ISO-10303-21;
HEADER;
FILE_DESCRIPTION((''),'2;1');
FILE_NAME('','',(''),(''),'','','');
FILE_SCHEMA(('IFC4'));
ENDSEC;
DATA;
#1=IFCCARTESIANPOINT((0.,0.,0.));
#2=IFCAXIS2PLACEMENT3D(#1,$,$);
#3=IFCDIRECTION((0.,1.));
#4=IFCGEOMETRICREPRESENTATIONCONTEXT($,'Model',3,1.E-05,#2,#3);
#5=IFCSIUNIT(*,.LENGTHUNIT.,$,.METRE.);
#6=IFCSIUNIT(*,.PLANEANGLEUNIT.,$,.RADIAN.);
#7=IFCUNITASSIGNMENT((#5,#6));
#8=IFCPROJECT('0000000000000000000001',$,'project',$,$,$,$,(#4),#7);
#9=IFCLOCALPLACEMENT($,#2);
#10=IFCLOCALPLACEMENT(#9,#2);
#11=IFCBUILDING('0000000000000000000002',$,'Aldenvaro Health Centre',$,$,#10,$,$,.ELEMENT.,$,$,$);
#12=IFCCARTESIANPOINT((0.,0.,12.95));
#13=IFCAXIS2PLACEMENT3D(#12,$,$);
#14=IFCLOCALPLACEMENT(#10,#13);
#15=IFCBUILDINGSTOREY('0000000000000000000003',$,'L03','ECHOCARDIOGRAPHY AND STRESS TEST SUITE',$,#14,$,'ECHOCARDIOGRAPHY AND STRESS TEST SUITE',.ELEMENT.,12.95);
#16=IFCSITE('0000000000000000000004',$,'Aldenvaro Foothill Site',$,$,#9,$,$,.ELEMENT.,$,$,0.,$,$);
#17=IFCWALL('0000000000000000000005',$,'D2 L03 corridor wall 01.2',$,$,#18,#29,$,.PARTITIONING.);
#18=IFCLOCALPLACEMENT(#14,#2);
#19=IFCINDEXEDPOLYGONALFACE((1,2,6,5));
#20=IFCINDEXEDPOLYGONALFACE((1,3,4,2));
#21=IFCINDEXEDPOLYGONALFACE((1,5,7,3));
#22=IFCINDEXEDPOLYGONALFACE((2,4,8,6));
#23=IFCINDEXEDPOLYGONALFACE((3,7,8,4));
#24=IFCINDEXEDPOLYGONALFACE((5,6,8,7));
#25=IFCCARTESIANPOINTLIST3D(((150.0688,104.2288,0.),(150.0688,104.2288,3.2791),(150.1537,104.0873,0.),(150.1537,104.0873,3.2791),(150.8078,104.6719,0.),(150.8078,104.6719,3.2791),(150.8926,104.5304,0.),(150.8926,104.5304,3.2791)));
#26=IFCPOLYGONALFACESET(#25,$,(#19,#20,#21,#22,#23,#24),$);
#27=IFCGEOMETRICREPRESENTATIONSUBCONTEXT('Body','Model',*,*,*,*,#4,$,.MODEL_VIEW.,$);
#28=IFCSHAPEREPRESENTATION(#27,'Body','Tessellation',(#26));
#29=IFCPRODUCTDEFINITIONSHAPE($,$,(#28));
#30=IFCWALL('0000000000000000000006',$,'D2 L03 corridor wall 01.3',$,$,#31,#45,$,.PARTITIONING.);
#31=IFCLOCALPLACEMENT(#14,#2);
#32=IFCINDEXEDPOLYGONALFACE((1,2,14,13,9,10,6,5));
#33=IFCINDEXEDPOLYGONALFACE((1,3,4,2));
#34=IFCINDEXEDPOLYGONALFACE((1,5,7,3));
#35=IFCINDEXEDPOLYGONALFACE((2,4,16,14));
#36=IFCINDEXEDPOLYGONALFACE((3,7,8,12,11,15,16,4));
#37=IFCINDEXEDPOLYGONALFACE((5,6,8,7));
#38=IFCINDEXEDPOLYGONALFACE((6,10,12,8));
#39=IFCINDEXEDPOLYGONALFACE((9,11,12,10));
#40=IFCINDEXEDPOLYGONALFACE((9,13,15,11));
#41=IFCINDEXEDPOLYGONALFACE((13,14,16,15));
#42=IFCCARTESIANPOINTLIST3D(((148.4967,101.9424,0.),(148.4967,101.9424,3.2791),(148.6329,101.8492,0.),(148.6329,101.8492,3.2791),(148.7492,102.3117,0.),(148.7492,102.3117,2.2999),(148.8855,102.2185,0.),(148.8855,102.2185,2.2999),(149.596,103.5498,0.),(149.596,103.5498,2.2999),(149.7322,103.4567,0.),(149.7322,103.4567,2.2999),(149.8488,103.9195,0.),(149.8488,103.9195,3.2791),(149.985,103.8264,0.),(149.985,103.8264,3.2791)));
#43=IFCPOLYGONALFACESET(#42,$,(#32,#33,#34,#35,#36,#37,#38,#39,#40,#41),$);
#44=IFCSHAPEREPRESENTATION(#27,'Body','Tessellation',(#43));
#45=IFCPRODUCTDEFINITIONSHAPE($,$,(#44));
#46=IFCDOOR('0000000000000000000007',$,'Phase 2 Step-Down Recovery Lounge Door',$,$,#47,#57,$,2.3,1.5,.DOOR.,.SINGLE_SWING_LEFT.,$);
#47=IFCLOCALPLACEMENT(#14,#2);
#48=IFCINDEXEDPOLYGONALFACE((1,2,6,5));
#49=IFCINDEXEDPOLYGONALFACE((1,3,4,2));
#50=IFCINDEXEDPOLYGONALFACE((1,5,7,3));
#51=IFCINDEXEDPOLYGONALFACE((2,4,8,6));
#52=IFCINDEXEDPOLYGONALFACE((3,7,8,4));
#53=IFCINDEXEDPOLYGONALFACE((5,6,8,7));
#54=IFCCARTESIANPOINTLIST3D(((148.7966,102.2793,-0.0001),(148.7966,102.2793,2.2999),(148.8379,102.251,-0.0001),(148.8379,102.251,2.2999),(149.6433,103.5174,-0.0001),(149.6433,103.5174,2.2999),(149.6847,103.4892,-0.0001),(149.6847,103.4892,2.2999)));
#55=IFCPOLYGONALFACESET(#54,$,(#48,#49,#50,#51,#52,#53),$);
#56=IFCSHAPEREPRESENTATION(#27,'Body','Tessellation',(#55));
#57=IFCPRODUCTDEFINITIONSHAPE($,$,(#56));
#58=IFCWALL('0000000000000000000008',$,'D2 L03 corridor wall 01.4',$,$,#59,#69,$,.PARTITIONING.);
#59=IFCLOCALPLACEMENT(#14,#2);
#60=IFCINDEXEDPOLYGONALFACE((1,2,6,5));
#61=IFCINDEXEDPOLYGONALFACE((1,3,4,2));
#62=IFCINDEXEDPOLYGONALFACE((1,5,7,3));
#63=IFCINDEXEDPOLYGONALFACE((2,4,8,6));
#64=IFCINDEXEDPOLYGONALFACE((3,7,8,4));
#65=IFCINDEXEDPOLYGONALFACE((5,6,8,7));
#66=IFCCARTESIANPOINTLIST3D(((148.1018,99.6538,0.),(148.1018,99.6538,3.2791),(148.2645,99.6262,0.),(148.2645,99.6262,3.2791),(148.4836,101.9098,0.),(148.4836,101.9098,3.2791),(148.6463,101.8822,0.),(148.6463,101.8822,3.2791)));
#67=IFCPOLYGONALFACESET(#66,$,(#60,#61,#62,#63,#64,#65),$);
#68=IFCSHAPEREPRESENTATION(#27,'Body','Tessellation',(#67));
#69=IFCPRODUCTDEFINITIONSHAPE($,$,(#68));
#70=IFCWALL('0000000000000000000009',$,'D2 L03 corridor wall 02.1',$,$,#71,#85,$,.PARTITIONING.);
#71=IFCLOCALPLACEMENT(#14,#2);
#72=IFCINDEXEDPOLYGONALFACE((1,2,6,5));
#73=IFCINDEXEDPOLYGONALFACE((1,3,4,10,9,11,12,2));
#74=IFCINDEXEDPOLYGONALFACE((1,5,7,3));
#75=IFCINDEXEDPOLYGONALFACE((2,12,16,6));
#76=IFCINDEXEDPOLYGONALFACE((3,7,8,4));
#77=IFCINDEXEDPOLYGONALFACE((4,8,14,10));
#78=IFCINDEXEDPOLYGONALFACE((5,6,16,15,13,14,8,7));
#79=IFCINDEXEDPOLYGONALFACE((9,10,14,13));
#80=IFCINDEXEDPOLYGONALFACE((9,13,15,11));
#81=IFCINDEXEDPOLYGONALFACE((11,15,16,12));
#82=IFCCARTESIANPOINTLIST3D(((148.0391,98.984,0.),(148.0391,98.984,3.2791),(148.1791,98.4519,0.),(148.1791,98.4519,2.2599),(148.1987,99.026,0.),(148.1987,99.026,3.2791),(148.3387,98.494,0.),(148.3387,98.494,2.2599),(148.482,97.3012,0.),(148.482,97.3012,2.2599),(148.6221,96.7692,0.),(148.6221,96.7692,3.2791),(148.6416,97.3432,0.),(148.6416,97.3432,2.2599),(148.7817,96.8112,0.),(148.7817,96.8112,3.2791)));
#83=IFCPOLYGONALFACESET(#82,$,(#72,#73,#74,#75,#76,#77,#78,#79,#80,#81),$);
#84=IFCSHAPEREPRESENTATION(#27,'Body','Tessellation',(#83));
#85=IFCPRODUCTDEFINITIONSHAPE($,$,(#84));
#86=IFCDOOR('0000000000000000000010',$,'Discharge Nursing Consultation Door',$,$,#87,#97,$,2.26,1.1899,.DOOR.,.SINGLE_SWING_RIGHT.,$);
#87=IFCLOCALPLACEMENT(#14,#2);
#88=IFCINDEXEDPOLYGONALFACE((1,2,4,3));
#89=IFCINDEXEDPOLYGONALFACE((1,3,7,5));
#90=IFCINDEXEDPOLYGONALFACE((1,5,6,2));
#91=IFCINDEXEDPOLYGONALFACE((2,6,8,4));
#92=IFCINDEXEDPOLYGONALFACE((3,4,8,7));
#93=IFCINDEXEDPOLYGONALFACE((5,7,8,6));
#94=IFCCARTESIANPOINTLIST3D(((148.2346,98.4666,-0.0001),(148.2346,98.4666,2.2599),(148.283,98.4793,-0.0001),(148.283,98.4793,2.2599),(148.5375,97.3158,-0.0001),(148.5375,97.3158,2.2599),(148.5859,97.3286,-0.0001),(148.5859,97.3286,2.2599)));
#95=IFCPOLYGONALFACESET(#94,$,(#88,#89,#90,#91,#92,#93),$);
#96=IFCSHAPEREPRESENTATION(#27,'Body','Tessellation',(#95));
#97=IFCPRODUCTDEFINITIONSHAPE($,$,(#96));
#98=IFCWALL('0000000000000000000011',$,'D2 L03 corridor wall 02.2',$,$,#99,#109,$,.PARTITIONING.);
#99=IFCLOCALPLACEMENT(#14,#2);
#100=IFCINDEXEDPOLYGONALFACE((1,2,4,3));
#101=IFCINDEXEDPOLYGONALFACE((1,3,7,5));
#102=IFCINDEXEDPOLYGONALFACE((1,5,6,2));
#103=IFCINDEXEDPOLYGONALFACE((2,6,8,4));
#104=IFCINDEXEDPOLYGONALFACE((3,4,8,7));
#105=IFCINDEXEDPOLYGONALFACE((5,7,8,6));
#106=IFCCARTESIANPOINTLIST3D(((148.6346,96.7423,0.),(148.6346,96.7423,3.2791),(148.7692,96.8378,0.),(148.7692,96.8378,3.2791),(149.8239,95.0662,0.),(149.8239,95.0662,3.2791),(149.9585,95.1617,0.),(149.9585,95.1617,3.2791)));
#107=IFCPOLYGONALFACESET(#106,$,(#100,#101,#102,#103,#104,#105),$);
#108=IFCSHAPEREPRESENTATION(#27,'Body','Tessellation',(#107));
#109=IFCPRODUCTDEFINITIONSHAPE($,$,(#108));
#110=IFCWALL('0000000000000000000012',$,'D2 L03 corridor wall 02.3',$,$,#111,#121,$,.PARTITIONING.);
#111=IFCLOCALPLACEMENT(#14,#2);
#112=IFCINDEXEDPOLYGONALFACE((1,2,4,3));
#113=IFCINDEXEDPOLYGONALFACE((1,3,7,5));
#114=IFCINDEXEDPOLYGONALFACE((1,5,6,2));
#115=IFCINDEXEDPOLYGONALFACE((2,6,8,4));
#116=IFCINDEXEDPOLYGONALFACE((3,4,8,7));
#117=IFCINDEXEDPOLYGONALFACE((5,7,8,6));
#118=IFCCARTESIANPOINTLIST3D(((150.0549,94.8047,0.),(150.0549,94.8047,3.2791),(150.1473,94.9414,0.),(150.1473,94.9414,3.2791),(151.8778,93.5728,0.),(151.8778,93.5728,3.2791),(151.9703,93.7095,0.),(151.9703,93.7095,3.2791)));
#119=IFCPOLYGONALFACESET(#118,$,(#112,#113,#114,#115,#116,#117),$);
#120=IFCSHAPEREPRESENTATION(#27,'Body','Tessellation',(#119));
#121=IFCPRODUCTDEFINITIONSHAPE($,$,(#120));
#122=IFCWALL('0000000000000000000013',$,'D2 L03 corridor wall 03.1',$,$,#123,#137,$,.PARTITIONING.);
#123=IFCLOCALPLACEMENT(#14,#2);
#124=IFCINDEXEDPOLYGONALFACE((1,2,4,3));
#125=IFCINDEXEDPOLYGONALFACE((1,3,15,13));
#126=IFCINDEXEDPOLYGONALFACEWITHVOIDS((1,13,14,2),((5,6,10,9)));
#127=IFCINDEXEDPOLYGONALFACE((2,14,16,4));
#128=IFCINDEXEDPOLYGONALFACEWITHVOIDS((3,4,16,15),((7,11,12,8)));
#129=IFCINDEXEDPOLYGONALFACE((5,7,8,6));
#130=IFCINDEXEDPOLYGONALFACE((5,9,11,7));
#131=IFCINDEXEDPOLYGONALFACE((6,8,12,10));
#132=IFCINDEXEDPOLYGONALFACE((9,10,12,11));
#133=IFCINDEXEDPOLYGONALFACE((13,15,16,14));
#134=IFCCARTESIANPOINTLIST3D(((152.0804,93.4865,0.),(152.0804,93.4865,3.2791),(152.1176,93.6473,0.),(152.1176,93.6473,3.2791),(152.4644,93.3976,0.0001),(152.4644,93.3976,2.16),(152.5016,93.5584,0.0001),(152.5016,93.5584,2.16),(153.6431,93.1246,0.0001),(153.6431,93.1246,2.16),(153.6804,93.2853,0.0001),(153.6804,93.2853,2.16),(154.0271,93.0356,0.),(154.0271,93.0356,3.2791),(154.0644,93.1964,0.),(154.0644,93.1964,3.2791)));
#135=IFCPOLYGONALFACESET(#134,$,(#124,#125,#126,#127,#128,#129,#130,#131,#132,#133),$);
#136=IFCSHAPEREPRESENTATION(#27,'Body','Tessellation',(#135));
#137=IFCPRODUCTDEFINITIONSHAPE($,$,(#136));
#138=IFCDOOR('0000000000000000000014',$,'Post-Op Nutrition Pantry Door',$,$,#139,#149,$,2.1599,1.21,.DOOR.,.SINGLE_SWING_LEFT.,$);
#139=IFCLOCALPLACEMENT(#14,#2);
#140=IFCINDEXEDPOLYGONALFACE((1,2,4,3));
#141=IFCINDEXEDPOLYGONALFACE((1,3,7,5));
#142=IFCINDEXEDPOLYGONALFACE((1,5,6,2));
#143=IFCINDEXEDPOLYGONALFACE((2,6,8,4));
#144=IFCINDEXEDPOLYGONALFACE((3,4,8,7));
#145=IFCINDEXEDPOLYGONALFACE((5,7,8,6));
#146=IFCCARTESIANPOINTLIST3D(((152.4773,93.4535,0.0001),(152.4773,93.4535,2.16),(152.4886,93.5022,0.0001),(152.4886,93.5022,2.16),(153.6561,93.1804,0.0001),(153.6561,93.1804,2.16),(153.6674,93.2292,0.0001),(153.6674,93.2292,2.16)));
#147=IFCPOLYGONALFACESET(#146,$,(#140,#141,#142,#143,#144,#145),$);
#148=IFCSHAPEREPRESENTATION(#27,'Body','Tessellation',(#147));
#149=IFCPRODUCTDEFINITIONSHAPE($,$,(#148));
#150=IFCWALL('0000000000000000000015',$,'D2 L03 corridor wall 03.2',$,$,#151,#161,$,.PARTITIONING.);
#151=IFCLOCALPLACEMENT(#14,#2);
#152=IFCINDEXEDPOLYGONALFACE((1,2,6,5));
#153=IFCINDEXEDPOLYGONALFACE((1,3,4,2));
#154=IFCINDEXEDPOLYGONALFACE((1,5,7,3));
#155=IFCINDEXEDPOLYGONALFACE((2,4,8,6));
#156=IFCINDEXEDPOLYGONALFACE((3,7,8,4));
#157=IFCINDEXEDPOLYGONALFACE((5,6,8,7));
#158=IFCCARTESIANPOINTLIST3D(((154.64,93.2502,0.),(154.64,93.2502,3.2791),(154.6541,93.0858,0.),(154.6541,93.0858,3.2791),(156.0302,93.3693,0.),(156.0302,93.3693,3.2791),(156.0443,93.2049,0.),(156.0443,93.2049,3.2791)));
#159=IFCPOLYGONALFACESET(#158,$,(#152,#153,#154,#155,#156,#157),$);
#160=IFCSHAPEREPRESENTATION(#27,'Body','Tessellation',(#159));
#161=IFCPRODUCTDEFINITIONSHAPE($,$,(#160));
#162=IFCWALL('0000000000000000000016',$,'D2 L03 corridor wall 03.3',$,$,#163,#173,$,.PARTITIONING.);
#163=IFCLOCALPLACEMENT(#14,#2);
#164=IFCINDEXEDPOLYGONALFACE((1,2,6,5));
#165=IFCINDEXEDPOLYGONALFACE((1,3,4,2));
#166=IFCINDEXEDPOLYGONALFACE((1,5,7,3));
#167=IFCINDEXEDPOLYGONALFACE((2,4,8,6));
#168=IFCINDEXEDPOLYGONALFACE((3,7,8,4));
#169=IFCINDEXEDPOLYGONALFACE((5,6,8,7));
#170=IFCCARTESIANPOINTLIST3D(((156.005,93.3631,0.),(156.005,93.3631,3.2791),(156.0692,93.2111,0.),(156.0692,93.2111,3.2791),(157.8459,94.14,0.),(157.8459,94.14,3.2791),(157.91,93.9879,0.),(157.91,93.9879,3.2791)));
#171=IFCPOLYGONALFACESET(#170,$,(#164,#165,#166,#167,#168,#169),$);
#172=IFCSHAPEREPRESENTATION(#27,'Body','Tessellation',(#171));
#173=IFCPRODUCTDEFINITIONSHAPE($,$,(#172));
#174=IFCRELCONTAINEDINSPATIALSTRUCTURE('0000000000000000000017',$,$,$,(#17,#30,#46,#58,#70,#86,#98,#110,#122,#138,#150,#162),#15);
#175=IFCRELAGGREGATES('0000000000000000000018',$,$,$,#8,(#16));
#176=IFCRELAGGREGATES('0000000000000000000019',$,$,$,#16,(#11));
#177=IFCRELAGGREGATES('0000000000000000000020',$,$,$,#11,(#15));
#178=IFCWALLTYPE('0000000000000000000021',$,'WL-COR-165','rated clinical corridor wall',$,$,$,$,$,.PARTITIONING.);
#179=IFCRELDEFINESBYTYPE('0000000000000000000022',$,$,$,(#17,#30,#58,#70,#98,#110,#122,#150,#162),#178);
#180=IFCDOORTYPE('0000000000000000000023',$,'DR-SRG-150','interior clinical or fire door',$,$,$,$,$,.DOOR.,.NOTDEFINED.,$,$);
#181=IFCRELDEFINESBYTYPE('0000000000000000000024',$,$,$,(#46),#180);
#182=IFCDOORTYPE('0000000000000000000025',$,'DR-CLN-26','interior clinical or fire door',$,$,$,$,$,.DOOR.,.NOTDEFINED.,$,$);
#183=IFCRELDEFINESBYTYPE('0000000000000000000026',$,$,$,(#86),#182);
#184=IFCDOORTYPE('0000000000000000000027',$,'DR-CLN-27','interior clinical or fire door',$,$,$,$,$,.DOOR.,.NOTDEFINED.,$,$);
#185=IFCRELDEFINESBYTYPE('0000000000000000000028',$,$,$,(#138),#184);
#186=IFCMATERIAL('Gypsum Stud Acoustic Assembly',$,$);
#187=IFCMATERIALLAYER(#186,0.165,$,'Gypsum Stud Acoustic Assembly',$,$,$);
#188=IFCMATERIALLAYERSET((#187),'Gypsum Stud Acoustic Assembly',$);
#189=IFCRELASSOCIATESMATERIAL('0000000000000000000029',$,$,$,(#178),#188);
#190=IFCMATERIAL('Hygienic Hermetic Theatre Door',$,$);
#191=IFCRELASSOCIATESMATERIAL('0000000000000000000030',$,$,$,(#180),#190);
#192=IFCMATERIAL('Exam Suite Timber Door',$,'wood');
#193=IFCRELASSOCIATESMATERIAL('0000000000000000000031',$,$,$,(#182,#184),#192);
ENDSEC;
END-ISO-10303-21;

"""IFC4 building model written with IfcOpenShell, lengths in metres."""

from ifc_helpers import new_model, si_unit, direction, frame, frame_2d, origin, place, context, subcontext, project, spatial, rectangle, extrude, material, layer, layer_set, type_object, element, fill, save


model = new_model("IFC4")

# Units and contexts
model_context = context("Model", 3, precision=1e-05, world=origin(), true_north=direction((0.0, 1.0)))
body_context = subcontext(model_context, "Body", "Model", "MODEL_VIEW")
ifc_project = project(units=[si_unit("LENGTHUNIT", "METRE"), si_unit("PLANEANGLEUNIT", "RADIAN")], contexts=[model_context])

# Site, building, storey
site_placement = place(None, origin())
site = spatial("IfcSite", under=ifc_project, at=site_placement, Name="Aldenvaro Foothill Site", CompositionType="ELEMENT", RefElevation=0.0)
building_placement = place(site_placement, origin())
building = spatial("IfcBuilding", under=site, at=building_placement, Name="Aldenvaro Health Centre", CompositionType="ELEMENT")
storey_placement = place(building_placement, frame((0.0, 0.0, 12.95)))
storey = spatial("IfcBuildingStorey", under=building, at=storey_placement, Name="L03", Description="ECHOCARDIOGRAPHY AND STRESS TEST SUITE", LongName="ECHOCARDIOGRAPHY AND STRESS TEST SUITE", CompositionType="ELEMENT", Elevation=12.95)

# Wall
ifc_material_1 = material(Name="Gypsum Stud Acoustic Assembly")
ifc_layer_1 = layer(ifc_material_1, 0.165, Name="Gypsum Stud Acoustic Assembly")
ifc_layer_set_1 = layer_set([ifc_layer_1], Name="Gypsum Stud Acoustic Assembly")
wall_type_1 = type_object("IfcWallType", Name="WL-COR-165", Description="rated clinical corridor wall", PredefinedType="PARTITIONING", material=ifc_layer_set_1)
wall_1_placement = place(storey_placement, frame((150.8501, 104.6011, 0.0), z_axis=(0.0, 0.0, 1.0), x_axis=(-0.857643, -0.514246, 0.0)))
element("IfcWall", 1, at=wall_1_placement, inside=storey, type_object=wall_type_1, Name="D2 L03 corridor wall 01.2", PredefinedType="PARTITIONING", context=body_context, shape_type="SweptSolid", body=[
    extrude(rectangle(XDim=0.8616, YDim=0.165, at=frame_2d((0.4307, 0.0))), origin(), (0.0, 0.0, 1.0), 3.2791),
])

# Wall, opening, door
wall_2_placement = place(storey_placement, frame((149.917, 103.873, 0.0), z_axis=(0.0, 0.0, 1.0), x_axis=(-0.564494, -0.825437, 0.0)))
wall_2 = element("IfcWall", 2, at=wall_2_placement, inside=storey, type_object=wall_type_1, Name="D2 L03 corridor wall 01.3", PredefinedType="PARTITIONING", context=body_context, shape_type="SweptSolid", body=[
    extrude(rectangle(XDim=2.3953, YDim=0.165, at=frame_2d((1.1978, 0.0))), origin(), (0.0, 0.0, 1.0), 3.2791),
])
opening_1_placement = place(wall_2_placement, frame((0.448, 0.0, 0.0)))
opening_1 = element("IfcOpeningElement", 3, at=opening_1_placement, cuts=wall_2, PredefinedType="OPENING", context=body_context, shape_type="SweptSolid", body=[
    extrude(rectangle(XDim=1.5, YDim=2.3, at=frame_2d((0.75, 1.1499))), frame((0.0, 0.0925, 0.0), z_axis=(0.0, -1.0, 0.0), x_axis=(1.0, 0.0, 0.0)), (0.0, 0.0, 1.0), 0.1851),
])
ifc_material_2 = material(Name="Hygienic Hermetic Theatre Door")
door_type_1 = type_object("IfcDoorType", Name="DR-SRG-150", Description="interior clinical or fire door", OperationType="NOTDEFINED", PredefinedType="DOOR", material=ifc_material_2)
door_1_placement = place(opening_1_placement, origin())
door_1 = element("IfcDoor", 4, at=door_1_placement, inside=storey, type_object=door_type_1, Name="Phase 2 Step-Down Recovery Lounge Door", OperationType="SINGLE_SWING_LEFT", OverallHeight=2.3, OverallWidth=1.5, PredefinedType="DOOR", context=body_context, shape_type="SweptSolid", body=[
    extrude(rectangle(XDim=1.5, YDim=2.3, at=frame_2d((0.75, 1.1499))), frame((0.0, 0.0249, 0.0), z_axis=(0.0, -1.0, 0.0), x_axis=(1.0, 0.0, 0.0)), (0.0, 0.0, 1.0), 0.05),
])
fill(opening_1, door_1)

# Wall
wall_3_placement = place(storey_placement, frame((148.5649, 101.896, 0.0), z_axis=(0.0, 0.0, 1.0), x_axis=(-0.166873, -0.985978, 0.0)))
element("IfcWall", 5, at=wall_3_placement, inside=storey, type_object=wall_type_1, Name="D2 L03 corridor wall 01.4", PredefinedType="PARTITIONING", context=body_context, shape_type="SweptSolid", body=[
    extrude(rectangle(XDim=2.2881, YDim=0.165, at=frame_2d((1.144, 0.0))), origin(), (0.0, 0.0, 1.0), 3.2791),
])

# Wall, opening, door
wall_4_placement = place(storey_placement, frame((148.1189, 99.0049, 0.0), z_axis=(0.0, 0.0, 1.0), x_axis=(0.254556, -0.967058, 0.0)))
wall_4 = element("IfcWall", 6, at=wall_4_placement, inside=storey, type_object=wall_type_1, Name="D2 L03 corridor wall 02.1", PredefinedType="PARTITIONING", context=body_context, shape_type="SweptSolid", body=[
    extrude(rectangle(XDim=2.2903, YDim=0.165, at=frame_2d((1.145, 0.0))), origin(), (0.0, 0.0, 1.0), 3.2791),
])
opening_2_placement = place(wall_4_placement, frame((0.55, 0.0, 0.0)))
opening_2 = element("IfcOpeningElement", 7, at=opening_2_placement, cuts=wall_4, PredefinedType="OPENING", context=body_context, shape_type="SweptSolid", body=[
    extrude(rectangle(XDim=1.1899, YDim=2.26, at=frame_2d((0.595, 1.1299))), frame((0.0, 0.0925, 0.0), z_axis=(0.0, -1.0, 0.0), x_axis=(1.0, 0.0, 0.0)), (0.0, 0.0, 1.0), 0.1851),
])
ifc_material_3 = material(Name="Exam Suite Timber Door", Category="wood")
door_type_2 = type_object("IfcDoorType", Name="DR-CLN-26", Description="interior clinical or fire door", OperationType="NOTDEFINED", PredefinedType="DOOR", material=ifc_material_3)
door_2_placement = place(opening_2_placement, origin())
door_2 = element("IfcDoor", 8, at=door_2_placement, inside=storey, type_object=door_type_2, Name="Discharge Nursing Consultation Door", OperationType="SINGLE_SWING_RIGHT", OverallHeight=2.26, OverallWidth=1.1899, PredefinedType="DOOR", context=body_context, shape_type="SweptSolid", body=[
    extrude(rectangle(XDim=1.1899, YDim=2.26, at=frame_2d((0.595, 1.1299))), frame((0.0, 0.0249, 0.0), z_axis=(0.0, -1.0, 0.0), x_axis=(1.0, 0.0, 0.0)), (0.0, 0.0, 1.0), 0.05),
])
fill(opening_2, door_2)

# Walls
wall_5_placement = place(storey_placement, frame((148.7019, 96.79, 0.0), z_axis=(0.0, 0.0, 1.0), x_axis=(0.578673, -0.81556, 0.0)))
element("IfcWall", 9, at=wall_5_placement, inside=storey, type_object=wall_type_1, Name="D2 L03 corridor wall 02.2", PredefinedType="PARTITIONING", context=body_context, shape_type="SweptSolid", body=[
    extrude(rectangle(XDim=2.0552, YDim=0.165, at=frame_2d((1.0276, 0.0))), origin(), (0.0, 0.0, 1.0), 3.2791),
])
wall_6_placement = place(storey_placement, frame((150.1011, 94.873, 0.0), z_axis=(0.0, 0.0, 1.0), x_axis=(0.828551, -0.559913, 0.0)))
element("IfcWall", 10, at=wall_6_placement, inside=storey, type_object=wall_type_1, Name="D2 L03 corridor wall 02.3", PredefinedType="PARTITIONING", context=body_context, shape_type="SweptSolid", body=[
    extrude(rectangle(XDim=2.2002, YDim=0.165, at=frame_2d((1.1001, 0.0))), origin(), (0.0, 0.0, 1.0), 3.2791),
])

# Wall, opening, door
wall_7_placement = place(storey_placement, frame((152.0991, 93.5669, 0.0), z_axis=(0.0, 0.0, 1.0), x_axis=(0.974208, -0.225654, 0.0)))
wall_7 = element("IfcWall", 11, at=wall_7_placement, inside=storey, type_object=wall_type_1, Name="D2 L03 corridor wall 03.1", PredefinedType="PARTITIONING", context=body_context, shape_type="SweptSolid", body=[
    extrude(rectangle(XDim=1.9983, YDim=0.165, at=frame_2d((0.999, 0.0))), origin(), (0.0, 0.0, 1.0), 3.2791),
])
opening_3_placement = place(wall_7_placement, frame((0.394, 0.0, 0.0)))
opening_3 = element("IfcOpeningElement", 12, at=opening_3_placement, cuts=wall_7, PredefinedType="OPENING", context=body_context, shape_type="SweptSolid", body=[
    extrude(rectangle(XDim=1.21, YDim=2.1599, at=frame_2d((0.605, 1.0801))), frame((0.0, 0.0925, 0.0), z_axis=(0.0, -1.0, 0.0), x_axis=(1.0, 0.0, 0.0)), (0.0, 0.0, 1.0), 0.1851),
])
door_type_3 = type_object("IfcDoorType", Name="DR-CLN-27", Description="interior clinical or fire door", OperationType="NOTDEFINED", PredefinedType="DOOR", material=ifc_material_3)
door_3_placement = place(opening_3_placement, origin())
door_3 = element("IfcDoor", 13, at=door_3_placement, inside=storey, type_object=door_type_3, Name="Post-Op Nutrition Pantry Door", OperationType="SINGLE_SWING_LEFT", OverallHeight=2.1599, OverallWidth=1.21, PredefinedType="DOOR", context=body_context, shape_type="SweptSolid", body=[
    extrude(rectangle(XDim=1.21, YDim=2.1599, at=frame_2d((0.605, 1.0801))), frame((0.0, 0.0249, 0.0), z_axis=(0.0, -1.0, 0.0), x_axis=(1.0, 0.0, 0.0)), (0.0, 0.0, 1.0), 0.05),
])
fill(opening_3, door_3)

# Walls
wall_8_placement = place(storey_placement, frame((154.647, 93.168, 0.0), z_axis=(0.0, 0.0, 1.0), x_axis=(0.996347, 0.085391, 0.0)))
element("IfcWall", 14, at=wall_8_placement, inside=storey, type_object=wall_type_1, Name="D2 L03 corridor wall 03.2", PredefinedType="PARTITIONING", context=body_context, shape_type="SweptSolid", body=[
    extrude(rectangle(XDim=1.3953, YDim=0.165, at=frame_2d((0.6978, 0.0))), origin(), (0.0, 0.0, 1.0), 3.2791),
])
wall_9_placement = place(storey_placement, frame((156.0371, 93.2871, 0.0), z_axis=(0.0, 0.0, 1.0), x_axis=(0.921318, 0.388811, 0.0)))
element("IfcWall", 15, at=wall_9_placement, inside=storey, type_object=wall_type_1, Name="D2 L03 corridor wall 03.3", PredefinedType="PARTITIONING", context=body_context, shape_type="SweptSolid", body=[
    extrude(rectangle(XDim=1.998, YDim=0.165, at=frame_2d((0.999, 0.0))), origin(), (0.0, 0.0, 1.0), 3.2791),
])

save(model, "model.ifc")
